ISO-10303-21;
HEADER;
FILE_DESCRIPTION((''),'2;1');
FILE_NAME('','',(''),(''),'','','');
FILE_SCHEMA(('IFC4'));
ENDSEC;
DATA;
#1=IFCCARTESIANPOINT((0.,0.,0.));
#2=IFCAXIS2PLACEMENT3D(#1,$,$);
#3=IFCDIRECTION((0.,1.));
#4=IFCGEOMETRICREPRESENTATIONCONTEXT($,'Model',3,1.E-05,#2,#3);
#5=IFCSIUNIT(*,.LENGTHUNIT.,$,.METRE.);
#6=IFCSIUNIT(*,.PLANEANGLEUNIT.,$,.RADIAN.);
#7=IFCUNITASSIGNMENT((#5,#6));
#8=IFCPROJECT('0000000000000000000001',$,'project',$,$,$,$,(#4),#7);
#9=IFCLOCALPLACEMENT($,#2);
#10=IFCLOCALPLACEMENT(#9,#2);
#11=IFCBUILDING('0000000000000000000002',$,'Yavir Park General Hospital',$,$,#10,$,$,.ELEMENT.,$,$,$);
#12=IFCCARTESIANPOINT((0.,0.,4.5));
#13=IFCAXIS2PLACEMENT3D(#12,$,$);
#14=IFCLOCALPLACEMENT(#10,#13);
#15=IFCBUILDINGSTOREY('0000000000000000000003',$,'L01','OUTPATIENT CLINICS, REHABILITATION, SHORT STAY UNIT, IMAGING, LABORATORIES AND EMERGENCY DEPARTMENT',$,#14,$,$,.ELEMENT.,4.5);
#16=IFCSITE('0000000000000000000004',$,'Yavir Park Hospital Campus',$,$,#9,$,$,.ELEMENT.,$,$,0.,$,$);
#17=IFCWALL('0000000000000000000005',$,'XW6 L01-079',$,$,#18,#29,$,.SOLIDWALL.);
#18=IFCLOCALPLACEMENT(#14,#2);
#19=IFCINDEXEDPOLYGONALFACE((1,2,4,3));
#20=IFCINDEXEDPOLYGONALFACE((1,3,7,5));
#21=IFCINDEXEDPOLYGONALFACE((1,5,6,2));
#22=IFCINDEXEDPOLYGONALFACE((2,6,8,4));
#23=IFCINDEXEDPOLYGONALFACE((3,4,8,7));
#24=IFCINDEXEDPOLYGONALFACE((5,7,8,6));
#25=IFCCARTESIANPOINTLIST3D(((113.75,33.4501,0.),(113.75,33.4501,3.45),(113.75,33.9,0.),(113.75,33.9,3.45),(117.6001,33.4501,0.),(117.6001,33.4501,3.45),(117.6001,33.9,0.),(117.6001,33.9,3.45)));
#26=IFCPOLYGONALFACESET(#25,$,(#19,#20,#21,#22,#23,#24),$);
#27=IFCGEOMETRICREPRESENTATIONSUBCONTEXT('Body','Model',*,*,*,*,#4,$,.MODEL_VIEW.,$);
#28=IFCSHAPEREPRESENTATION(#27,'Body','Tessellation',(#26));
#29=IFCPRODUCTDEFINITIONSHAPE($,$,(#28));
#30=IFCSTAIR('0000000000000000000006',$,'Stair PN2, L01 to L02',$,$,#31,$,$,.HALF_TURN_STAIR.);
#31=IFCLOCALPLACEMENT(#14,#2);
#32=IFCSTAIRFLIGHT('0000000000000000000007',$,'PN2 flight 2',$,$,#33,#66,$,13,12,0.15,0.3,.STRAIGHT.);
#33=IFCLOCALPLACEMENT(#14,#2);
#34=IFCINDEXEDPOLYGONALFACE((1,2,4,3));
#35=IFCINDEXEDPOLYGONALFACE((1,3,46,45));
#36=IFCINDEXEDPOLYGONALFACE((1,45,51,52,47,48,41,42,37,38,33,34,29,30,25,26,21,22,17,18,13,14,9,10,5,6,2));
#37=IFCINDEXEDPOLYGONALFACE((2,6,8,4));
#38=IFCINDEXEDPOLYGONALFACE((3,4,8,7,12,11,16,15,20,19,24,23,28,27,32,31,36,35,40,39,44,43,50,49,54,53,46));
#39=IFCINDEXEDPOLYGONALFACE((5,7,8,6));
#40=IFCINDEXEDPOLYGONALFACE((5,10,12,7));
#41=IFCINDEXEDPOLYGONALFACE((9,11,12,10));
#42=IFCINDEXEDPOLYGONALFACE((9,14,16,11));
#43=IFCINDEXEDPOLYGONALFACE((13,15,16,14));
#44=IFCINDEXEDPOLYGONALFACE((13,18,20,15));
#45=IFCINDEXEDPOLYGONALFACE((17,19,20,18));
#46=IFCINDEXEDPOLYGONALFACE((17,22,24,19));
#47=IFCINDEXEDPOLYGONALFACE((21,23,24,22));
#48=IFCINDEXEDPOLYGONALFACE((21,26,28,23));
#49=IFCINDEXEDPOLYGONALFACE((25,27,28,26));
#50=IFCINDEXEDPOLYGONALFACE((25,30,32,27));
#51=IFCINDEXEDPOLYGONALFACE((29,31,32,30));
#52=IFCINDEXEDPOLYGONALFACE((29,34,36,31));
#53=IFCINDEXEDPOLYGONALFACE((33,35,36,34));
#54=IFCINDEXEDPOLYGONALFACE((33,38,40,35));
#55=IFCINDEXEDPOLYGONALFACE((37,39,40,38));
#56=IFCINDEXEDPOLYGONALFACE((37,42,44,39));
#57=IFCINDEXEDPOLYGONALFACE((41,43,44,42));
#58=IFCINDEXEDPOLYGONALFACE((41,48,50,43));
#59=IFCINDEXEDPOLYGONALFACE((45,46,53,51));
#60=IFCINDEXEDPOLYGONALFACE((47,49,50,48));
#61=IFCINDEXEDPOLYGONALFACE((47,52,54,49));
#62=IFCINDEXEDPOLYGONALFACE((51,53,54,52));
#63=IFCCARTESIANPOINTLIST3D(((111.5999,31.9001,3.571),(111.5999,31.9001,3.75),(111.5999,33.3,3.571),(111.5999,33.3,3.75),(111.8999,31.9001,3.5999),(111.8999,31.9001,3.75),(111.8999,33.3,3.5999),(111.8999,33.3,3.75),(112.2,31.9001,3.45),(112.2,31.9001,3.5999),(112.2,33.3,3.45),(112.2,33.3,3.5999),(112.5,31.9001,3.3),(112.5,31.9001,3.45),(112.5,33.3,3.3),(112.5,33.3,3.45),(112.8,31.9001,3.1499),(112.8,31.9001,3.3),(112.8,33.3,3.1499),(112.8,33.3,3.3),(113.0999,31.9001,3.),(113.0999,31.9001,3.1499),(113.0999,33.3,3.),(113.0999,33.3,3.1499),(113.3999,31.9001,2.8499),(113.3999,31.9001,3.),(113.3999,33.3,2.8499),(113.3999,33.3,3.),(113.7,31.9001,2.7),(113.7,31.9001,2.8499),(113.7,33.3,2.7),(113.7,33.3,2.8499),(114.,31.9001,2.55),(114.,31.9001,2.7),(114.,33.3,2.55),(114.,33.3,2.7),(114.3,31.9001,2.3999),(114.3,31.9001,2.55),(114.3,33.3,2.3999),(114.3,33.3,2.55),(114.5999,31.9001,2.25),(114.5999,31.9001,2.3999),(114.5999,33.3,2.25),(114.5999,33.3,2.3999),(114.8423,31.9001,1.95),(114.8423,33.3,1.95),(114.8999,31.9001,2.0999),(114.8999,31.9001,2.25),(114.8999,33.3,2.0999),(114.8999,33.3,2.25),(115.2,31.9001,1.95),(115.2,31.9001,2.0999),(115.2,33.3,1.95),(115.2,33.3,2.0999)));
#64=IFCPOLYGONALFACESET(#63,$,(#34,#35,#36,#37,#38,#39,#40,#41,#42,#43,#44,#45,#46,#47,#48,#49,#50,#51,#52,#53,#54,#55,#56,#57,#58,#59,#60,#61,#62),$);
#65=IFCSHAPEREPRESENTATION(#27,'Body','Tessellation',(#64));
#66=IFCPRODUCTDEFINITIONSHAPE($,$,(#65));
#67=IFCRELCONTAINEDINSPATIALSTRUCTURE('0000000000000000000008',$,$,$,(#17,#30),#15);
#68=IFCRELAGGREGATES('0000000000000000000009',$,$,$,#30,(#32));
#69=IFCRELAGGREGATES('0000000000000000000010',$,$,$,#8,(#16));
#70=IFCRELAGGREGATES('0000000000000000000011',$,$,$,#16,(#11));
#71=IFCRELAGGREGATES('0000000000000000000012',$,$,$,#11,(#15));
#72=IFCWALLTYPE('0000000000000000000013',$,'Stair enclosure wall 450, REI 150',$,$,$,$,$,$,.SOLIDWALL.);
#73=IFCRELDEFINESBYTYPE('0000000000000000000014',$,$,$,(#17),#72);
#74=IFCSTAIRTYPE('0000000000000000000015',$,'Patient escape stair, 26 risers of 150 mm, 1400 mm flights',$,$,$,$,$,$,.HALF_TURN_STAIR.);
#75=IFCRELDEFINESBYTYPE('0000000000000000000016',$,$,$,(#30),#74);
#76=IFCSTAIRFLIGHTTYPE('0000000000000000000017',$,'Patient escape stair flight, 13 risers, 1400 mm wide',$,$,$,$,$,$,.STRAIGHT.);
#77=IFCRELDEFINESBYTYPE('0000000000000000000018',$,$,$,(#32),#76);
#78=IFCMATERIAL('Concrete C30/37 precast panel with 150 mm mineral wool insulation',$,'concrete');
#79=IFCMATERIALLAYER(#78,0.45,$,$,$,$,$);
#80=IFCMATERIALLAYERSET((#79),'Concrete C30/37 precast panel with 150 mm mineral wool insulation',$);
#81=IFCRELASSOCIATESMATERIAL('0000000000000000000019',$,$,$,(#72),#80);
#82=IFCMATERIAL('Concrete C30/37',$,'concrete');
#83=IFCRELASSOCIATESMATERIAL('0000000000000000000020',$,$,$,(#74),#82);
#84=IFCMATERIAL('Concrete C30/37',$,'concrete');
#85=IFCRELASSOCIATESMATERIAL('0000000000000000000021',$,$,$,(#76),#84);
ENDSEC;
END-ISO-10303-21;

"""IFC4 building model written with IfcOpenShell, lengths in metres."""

from ifc_helpers import new_model, si_unit, direction, frame, frame_2d, origin, place, context, subcontext, project, spatial, polyline, rectangle, outline, extrude, material, layer, layer_set, type_object, element, aggregate, save


model = new_model("IFC4")

# Units and contexts
model_context = context("Model", 3, precision=1e-05, world=origin(), true_north=direction((0.0, 1.0)))
body_context = subcontext(model_context, "Body", "Model", "MODEL_VIEW")
ifc_project = project(units=[si_unit("LENGTHUNIT", "METRE"), si_unit("PLANEANGLEUNIT", "RADIAN")], contexts=[model_context])

# Site, building, storey
site_placement = place(None, origin())
site = spatial("IfcSite", under=ifc_project, at=site_placement, Name="Yavir Park Hospital Campus", CompositionType="ELEMENT", RefElevation=0.0)
building_placement = place(site_placement, origin())
building = spatial("IfcBuilding", under=site, at=building_placement, Name="Yavir Park General Hospital", CompositionType="ELEMENT")
storey_placement = place(building_placement, frame((0.0, 0.0, 4.5)))
storey = spatial("IfcBuildingStorey", under=building, at=storey_placement, Name="L01", Description="OUTPATIENT CLINICS, REHABILITATION, SHORT STAY UNIT, IMAGING, LABORATORIES AND EMERGENCY DEPARTMENT", CompositionType="ELEMENT", Elevation=4.5)

# Wall
ifc_material_1 = material(Name="Concrete C30/37 precast panel with 150 mm mineral wool insulation", Category="concrete")
ifc_layer_1 = layer(ifc_material_1, 0.45)
ifc_layer_set_1 = layer_set([ifc_layer_1], Name="Concrete C30/37 precast panel with 150 mm mineral wool insulation")
wall_type_1 = type_object("IfcWallType", Name="Stair enclosure wall 450, REI 150", PredefinedType="SOLIDWALL", material=ifc_layer_set_1)
wall_1_placement = place(storey_placement, frame((113.75, 33.675, 0.0), z_axis=(0.0, 0.0, 1.0), x_axis=(1.0, 0.0, 0.0)))
element("IfcWall", 1, at=wall_1_placement, inside=storey, type_object=wall_type_1, Name="XW6 L01-079", PredefinedType="SOLIDWALL", context=body_context, shape_type="SweptSolid", body=[
    extrude(rectangle(XDim=3.8501, YDim=0.45, at=frame_2d((1.925, 0.0))), origin(), (0.0, 0.0, 1.0), 3.45),
])

# Stair, stair flight
ifc_material_2 = material(Name="Concrete C30/37", Category="concrete")
stair_type = type_object("IfcStairType", Name="Patient escape stair, 26 risers of 150 mm, 1400 mm flights", PredefinedType="HALF_TURN_STAIR", material=ifc_material_2)
stair_placement = place(storey_placement, origin())
stair = element("IfcStair", 2, at=stair_placement, inside=storey, type_object=stair_type, Name="Stair PN2, L01 to L02", PredefinedType="HALF_TURN_STAIR")
ifc_material_3 = material(Name="Concrete C30/37", Category="concrete")
stair_flight_type = type_object("IfcStairFlightType", Name="Patient escape stair flight, 13 risers, 1400 mm wide", PredefinedType="STRAIGHT", material=ifc_material_3)
stair_flight_placement = place(storey_placement, frame((115.2, 32.6001, 1.95), z_axis=(0.0, 0.0, 1.0), x_axis=(-1.0, 0.0, 0.0)))
stair_flight = element("IfcStairFlight", 3, at=stair_flight_placement, type_object=stair_flight_type, Name="PN2 flight 2", NumberOfRisers=13, NumberOfTreads=12, PredefinedType="STRAIGHT", RiserHeight=0.15, TreadLength=0.3, context=body_context, shape_type="SweptSolid", body=[
    extrude(outline(polyline([(0.0, 0.0), (0.0, 0.1499), (0.3, 0.1499), (0.3, 0.3), (0.6001, 0.3), (0.6001, 0.45), (0.8999, 0.45), (0.8999, 0.6001), (1.2, 0.6001), (1.2, 0.75), (1.5, 0.75), (1.5, 0.8999), (1.8, 0.8999), (1.8, 1.05), (2.1001, 1.05), (2.1001, 1.2), (2.3999, 1.2), (2.3999, 1.3501), (2.7, 1.3501), (2.7, 1.5), (3.0, 1.5), (3.0, 1.6499), (3.3, 1.6499), (3.3, 1.8), (3.6001, 1.8), (3.6001, 1.95), (3.6001, 1.6211), (0.3577, 0.0), (0.0, 0.0)])), frame((0.0, 0.7, 0.0), z_axis=(0.0, -1.0, 0.0), x_axis=(1.0, 0.0, 0.0)), (0.0, 0.0, 1.0), 1.3999),
])
aggregate(stair, [stair_flight])

save(model, "model.ifc")
